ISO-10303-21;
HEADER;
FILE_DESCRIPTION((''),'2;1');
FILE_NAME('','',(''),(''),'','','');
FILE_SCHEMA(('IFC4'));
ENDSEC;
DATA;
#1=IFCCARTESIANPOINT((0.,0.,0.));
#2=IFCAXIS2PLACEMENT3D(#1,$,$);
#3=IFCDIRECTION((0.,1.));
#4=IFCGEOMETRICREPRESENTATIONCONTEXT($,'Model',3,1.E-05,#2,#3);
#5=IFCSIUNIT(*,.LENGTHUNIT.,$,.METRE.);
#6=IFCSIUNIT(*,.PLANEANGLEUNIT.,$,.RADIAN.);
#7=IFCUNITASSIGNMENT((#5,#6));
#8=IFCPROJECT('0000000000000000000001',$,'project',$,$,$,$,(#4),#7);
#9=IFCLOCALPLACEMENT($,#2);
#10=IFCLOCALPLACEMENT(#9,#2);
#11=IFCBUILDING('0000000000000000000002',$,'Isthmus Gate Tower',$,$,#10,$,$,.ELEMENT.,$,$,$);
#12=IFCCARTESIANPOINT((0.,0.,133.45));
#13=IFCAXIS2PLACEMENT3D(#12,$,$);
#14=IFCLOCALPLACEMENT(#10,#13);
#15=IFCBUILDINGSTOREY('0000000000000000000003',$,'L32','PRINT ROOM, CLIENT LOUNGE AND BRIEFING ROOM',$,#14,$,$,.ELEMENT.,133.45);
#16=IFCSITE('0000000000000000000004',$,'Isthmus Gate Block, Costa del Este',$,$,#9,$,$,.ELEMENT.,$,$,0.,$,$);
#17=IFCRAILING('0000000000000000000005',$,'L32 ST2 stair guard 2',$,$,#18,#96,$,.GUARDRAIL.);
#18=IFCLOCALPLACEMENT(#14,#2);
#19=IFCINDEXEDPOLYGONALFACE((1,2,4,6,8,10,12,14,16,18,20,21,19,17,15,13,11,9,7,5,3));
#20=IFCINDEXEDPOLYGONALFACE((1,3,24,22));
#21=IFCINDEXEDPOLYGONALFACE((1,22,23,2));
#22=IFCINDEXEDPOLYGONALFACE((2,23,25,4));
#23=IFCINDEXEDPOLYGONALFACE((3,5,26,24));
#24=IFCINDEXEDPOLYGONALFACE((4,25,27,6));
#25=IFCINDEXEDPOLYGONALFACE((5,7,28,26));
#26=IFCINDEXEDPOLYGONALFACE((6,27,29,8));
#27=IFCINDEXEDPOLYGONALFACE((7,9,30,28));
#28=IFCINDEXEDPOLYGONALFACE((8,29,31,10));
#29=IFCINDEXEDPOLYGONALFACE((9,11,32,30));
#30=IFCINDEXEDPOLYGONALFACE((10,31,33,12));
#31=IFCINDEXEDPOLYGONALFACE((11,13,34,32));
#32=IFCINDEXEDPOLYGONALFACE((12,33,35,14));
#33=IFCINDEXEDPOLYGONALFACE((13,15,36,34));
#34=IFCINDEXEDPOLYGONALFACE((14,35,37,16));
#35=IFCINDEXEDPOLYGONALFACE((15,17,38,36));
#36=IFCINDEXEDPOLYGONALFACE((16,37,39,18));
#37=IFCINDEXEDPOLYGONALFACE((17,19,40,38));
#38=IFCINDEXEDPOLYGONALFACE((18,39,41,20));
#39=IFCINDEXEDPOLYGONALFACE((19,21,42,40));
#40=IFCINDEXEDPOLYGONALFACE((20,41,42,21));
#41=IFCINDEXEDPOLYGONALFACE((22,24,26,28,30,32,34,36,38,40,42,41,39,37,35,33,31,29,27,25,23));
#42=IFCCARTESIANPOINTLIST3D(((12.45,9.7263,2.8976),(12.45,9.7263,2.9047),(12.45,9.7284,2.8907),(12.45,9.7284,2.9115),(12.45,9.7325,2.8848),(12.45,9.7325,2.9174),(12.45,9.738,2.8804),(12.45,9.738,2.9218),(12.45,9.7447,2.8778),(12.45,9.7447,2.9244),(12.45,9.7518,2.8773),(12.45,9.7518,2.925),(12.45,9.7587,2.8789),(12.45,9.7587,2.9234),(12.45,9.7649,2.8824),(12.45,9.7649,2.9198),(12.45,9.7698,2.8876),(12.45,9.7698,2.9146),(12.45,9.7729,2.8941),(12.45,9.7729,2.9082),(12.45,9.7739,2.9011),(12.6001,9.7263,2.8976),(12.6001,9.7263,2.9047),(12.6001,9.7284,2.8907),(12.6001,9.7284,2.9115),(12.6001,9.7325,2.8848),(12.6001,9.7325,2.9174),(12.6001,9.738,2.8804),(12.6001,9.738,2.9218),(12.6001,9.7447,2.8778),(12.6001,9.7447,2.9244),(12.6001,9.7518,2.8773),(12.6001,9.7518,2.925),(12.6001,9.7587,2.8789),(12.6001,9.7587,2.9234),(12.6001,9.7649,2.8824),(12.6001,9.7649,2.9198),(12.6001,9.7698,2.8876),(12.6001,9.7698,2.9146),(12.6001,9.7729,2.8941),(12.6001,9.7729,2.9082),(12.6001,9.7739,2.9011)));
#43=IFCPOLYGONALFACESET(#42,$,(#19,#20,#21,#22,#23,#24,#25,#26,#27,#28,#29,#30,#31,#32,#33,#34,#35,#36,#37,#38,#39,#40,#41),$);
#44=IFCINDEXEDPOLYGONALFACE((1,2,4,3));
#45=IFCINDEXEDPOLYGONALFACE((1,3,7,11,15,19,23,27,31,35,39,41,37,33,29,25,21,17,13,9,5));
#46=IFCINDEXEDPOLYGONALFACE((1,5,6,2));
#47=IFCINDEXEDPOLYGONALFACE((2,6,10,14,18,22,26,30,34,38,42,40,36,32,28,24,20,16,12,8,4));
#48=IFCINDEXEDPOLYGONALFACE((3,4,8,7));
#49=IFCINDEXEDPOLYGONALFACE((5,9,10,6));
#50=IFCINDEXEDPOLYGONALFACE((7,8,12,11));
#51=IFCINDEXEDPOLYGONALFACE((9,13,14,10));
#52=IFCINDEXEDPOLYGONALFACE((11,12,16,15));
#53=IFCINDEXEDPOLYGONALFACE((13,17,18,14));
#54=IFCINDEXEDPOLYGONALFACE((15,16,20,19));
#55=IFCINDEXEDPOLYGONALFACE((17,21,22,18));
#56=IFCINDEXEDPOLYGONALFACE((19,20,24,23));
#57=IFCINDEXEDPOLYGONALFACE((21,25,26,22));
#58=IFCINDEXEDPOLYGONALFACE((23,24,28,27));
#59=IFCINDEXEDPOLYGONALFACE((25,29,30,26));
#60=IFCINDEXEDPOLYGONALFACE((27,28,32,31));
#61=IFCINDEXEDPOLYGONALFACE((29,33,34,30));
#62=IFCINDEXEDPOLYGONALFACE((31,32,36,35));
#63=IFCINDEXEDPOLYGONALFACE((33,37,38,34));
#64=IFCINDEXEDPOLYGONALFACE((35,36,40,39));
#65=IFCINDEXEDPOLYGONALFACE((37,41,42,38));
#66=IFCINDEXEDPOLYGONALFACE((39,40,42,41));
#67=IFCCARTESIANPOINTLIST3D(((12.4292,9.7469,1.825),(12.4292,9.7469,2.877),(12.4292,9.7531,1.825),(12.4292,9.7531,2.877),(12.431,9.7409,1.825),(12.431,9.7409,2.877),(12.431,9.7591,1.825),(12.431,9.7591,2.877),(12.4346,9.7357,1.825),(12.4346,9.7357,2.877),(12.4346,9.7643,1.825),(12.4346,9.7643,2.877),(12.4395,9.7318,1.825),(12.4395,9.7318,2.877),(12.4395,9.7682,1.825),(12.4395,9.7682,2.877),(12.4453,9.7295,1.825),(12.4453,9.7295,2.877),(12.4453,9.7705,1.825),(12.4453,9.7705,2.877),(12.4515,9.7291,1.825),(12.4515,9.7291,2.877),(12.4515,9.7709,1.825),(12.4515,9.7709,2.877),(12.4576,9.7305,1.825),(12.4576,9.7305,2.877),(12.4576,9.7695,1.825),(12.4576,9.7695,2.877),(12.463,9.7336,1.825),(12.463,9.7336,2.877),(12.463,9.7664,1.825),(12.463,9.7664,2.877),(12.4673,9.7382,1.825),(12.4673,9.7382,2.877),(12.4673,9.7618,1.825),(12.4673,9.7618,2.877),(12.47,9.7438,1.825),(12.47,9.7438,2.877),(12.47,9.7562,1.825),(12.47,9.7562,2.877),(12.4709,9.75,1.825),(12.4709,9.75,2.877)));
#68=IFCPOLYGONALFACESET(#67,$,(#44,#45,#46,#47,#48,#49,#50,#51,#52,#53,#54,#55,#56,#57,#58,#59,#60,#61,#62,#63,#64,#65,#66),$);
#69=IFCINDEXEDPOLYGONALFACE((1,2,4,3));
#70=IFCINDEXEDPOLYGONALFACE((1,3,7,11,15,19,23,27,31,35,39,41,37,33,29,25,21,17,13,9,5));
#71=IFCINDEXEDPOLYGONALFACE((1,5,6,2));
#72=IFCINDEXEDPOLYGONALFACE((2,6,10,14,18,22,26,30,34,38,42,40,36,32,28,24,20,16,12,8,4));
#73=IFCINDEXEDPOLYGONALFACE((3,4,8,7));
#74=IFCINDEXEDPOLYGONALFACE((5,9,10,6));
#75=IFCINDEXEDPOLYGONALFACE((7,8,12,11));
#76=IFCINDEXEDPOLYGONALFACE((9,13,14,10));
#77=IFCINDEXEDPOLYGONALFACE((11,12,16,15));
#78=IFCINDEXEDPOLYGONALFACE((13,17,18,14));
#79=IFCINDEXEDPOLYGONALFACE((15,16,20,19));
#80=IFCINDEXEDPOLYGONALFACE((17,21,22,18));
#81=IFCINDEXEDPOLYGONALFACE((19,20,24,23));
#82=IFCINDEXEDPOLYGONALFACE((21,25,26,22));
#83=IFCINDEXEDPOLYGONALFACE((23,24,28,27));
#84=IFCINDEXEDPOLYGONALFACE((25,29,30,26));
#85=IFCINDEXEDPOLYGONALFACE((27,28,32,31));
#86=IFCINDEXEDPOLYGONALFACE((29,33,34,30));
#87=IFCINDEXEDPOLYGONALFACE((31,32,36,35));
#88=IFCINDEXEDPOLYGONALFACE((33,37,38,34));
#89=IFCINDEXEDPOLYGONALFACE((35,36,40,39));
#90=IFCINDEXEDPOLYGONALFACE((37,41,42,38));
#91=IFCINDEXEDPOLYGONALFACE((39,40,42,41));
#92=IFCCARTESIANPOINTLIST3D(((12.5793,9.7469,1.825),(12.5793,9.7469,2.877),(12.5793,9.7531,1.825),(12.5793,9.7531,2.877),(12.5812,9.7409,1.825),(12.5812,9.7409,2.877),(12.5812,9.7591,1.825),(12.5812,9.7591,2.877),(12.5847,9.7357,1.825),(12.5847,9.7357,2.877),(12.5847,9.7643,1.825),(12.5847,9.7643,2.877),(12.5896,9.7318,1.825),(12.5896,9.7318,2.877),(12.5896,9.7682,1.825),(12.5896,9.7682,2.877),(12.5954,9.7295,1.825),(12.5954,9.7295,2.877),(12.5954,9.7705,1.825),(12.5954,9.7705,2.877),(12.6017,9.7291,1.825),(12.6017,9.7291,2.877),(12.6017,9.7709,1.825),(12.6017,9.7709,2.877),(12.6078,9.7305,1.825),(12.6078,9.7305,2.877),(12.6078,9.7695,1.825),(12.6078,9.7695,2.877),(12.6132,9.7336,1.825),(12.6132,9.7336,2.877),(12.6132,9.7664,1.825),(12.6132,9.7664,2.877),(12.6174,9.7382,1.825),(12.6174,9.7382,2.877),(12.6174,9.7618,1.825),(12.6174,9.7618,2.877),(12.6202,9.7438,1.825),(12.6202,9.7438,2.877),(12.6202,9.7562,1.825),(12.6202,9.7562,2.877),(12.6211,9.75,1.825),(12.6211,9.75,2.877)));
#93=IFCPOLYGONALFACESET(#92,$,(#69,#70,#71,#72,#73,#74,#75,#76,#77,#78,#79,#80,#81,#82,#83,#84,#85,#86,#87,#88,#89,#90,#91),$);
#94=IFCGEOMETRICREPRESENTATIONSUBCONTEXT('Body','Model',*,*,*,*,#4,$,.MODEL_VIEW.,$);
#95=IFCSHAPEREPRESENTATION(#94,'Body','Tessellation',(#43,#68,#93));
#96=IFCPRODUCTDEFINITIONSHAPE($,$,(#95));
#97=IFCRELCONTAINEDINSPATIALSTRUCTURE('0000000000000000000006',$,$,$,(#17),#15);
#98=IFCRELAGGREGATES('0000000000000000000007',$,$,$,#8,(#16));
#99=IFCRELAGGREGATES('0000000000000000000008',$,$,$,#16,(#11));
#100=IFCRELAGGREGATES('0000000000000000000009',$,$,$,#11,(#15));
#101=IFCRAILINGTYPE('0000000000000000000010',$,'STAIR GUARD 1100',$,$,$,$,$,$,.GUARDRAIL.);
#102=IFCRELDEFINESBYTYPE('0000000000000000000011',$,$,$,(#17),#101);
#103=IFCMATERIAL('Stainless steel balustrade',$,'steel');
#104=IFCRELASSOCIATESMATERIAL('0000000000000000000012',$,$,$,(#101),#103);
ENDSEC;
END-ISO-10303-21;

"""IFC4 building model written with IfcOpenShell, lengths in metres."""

from ifc_helpers import new_model, si_unit, direction, frame, origin, origin_2d, place, context, subcontext, project, spatial, circle, extrude, material, type_object, element, save


model = new_model("IFC4")

# Units and contexts
model_context = context("Model", 3, precision=1e-05, world=origin(), true_north=direction((0.0, 1.0)))
body_context = subcontext(model_context, "Body", "Model", "MODEL_VIEW")
ifc_project = project(units=[si_unit("LENGTHUNIT", "METRE"), si_unit("PLANEANGLEUNIT", "RADIAN")], contexts=[model_context])

# Site, building, storey
site_placement = place(None, origin())
site = spatial("IfcSite", under=ifc_project, at=site_placement, Name="Isthmus Gate Block, Costa del Este", CompositionType="ELEMENT", RefElevation=0.0)
building_placement = place(site_placement, origin())
building = spatial("IfcBuilding", under=site, at=building_placement, Name="Isthmus Gate Tower", CompositionType="ELEMENT")
storey_placement = place(building_placement, frame((0.0, 0.0, 133.45)))
storey = spatial("IfcBuildingStorey", under=building, at=storey_placement, Name="L32", Description="PRINT ROOM, CLIENT LOUNGE AND BRIEFING ROOM", CompositionType="ELEMENT", Elevation=133.45)

# Railing
ifc_material_1 = material(Name="Stainless steel balustrade", Category="steel")
railing_type_1 = type_object("IfcRailingType", Name="STAIR GUARD 1100", PredefinedType="GUARDRAIL", material=ifc_material_1)
railing_1_placement = place(storey_placement, frame((12.45, 9.75, 1.825)))
element("IfcRailing", 1, at=railing_1_placement, inside=storey, type_object=railing_type_1, Name="L32 ST2 stair guard 2", PredefinedType="GUARDRAIL", context=body_context, shape_type="SweptSolid", body=[
    extrude(circle(Radius=0.0239, at=origin_2d()), frame((0.0, 0.0, 1.0762), z_axis=(1.0, 0.0, 0.0), x_axis=(0.0, 1.0, 0.0)), (0.0, 0.0, 1.0), 0.1501),
    extrude(circle(Radius=0.021, at=origin_2d()), origin(), (0.0, 0.0, 1.0), 1.052),
    extrude(circle(Radius=0.021, at=origin_2d()), frame((0.1501, 0.0, 0.0)), (0.0, 0.0, 1.0), 1.052),
])

save(model, "model.ifc")
